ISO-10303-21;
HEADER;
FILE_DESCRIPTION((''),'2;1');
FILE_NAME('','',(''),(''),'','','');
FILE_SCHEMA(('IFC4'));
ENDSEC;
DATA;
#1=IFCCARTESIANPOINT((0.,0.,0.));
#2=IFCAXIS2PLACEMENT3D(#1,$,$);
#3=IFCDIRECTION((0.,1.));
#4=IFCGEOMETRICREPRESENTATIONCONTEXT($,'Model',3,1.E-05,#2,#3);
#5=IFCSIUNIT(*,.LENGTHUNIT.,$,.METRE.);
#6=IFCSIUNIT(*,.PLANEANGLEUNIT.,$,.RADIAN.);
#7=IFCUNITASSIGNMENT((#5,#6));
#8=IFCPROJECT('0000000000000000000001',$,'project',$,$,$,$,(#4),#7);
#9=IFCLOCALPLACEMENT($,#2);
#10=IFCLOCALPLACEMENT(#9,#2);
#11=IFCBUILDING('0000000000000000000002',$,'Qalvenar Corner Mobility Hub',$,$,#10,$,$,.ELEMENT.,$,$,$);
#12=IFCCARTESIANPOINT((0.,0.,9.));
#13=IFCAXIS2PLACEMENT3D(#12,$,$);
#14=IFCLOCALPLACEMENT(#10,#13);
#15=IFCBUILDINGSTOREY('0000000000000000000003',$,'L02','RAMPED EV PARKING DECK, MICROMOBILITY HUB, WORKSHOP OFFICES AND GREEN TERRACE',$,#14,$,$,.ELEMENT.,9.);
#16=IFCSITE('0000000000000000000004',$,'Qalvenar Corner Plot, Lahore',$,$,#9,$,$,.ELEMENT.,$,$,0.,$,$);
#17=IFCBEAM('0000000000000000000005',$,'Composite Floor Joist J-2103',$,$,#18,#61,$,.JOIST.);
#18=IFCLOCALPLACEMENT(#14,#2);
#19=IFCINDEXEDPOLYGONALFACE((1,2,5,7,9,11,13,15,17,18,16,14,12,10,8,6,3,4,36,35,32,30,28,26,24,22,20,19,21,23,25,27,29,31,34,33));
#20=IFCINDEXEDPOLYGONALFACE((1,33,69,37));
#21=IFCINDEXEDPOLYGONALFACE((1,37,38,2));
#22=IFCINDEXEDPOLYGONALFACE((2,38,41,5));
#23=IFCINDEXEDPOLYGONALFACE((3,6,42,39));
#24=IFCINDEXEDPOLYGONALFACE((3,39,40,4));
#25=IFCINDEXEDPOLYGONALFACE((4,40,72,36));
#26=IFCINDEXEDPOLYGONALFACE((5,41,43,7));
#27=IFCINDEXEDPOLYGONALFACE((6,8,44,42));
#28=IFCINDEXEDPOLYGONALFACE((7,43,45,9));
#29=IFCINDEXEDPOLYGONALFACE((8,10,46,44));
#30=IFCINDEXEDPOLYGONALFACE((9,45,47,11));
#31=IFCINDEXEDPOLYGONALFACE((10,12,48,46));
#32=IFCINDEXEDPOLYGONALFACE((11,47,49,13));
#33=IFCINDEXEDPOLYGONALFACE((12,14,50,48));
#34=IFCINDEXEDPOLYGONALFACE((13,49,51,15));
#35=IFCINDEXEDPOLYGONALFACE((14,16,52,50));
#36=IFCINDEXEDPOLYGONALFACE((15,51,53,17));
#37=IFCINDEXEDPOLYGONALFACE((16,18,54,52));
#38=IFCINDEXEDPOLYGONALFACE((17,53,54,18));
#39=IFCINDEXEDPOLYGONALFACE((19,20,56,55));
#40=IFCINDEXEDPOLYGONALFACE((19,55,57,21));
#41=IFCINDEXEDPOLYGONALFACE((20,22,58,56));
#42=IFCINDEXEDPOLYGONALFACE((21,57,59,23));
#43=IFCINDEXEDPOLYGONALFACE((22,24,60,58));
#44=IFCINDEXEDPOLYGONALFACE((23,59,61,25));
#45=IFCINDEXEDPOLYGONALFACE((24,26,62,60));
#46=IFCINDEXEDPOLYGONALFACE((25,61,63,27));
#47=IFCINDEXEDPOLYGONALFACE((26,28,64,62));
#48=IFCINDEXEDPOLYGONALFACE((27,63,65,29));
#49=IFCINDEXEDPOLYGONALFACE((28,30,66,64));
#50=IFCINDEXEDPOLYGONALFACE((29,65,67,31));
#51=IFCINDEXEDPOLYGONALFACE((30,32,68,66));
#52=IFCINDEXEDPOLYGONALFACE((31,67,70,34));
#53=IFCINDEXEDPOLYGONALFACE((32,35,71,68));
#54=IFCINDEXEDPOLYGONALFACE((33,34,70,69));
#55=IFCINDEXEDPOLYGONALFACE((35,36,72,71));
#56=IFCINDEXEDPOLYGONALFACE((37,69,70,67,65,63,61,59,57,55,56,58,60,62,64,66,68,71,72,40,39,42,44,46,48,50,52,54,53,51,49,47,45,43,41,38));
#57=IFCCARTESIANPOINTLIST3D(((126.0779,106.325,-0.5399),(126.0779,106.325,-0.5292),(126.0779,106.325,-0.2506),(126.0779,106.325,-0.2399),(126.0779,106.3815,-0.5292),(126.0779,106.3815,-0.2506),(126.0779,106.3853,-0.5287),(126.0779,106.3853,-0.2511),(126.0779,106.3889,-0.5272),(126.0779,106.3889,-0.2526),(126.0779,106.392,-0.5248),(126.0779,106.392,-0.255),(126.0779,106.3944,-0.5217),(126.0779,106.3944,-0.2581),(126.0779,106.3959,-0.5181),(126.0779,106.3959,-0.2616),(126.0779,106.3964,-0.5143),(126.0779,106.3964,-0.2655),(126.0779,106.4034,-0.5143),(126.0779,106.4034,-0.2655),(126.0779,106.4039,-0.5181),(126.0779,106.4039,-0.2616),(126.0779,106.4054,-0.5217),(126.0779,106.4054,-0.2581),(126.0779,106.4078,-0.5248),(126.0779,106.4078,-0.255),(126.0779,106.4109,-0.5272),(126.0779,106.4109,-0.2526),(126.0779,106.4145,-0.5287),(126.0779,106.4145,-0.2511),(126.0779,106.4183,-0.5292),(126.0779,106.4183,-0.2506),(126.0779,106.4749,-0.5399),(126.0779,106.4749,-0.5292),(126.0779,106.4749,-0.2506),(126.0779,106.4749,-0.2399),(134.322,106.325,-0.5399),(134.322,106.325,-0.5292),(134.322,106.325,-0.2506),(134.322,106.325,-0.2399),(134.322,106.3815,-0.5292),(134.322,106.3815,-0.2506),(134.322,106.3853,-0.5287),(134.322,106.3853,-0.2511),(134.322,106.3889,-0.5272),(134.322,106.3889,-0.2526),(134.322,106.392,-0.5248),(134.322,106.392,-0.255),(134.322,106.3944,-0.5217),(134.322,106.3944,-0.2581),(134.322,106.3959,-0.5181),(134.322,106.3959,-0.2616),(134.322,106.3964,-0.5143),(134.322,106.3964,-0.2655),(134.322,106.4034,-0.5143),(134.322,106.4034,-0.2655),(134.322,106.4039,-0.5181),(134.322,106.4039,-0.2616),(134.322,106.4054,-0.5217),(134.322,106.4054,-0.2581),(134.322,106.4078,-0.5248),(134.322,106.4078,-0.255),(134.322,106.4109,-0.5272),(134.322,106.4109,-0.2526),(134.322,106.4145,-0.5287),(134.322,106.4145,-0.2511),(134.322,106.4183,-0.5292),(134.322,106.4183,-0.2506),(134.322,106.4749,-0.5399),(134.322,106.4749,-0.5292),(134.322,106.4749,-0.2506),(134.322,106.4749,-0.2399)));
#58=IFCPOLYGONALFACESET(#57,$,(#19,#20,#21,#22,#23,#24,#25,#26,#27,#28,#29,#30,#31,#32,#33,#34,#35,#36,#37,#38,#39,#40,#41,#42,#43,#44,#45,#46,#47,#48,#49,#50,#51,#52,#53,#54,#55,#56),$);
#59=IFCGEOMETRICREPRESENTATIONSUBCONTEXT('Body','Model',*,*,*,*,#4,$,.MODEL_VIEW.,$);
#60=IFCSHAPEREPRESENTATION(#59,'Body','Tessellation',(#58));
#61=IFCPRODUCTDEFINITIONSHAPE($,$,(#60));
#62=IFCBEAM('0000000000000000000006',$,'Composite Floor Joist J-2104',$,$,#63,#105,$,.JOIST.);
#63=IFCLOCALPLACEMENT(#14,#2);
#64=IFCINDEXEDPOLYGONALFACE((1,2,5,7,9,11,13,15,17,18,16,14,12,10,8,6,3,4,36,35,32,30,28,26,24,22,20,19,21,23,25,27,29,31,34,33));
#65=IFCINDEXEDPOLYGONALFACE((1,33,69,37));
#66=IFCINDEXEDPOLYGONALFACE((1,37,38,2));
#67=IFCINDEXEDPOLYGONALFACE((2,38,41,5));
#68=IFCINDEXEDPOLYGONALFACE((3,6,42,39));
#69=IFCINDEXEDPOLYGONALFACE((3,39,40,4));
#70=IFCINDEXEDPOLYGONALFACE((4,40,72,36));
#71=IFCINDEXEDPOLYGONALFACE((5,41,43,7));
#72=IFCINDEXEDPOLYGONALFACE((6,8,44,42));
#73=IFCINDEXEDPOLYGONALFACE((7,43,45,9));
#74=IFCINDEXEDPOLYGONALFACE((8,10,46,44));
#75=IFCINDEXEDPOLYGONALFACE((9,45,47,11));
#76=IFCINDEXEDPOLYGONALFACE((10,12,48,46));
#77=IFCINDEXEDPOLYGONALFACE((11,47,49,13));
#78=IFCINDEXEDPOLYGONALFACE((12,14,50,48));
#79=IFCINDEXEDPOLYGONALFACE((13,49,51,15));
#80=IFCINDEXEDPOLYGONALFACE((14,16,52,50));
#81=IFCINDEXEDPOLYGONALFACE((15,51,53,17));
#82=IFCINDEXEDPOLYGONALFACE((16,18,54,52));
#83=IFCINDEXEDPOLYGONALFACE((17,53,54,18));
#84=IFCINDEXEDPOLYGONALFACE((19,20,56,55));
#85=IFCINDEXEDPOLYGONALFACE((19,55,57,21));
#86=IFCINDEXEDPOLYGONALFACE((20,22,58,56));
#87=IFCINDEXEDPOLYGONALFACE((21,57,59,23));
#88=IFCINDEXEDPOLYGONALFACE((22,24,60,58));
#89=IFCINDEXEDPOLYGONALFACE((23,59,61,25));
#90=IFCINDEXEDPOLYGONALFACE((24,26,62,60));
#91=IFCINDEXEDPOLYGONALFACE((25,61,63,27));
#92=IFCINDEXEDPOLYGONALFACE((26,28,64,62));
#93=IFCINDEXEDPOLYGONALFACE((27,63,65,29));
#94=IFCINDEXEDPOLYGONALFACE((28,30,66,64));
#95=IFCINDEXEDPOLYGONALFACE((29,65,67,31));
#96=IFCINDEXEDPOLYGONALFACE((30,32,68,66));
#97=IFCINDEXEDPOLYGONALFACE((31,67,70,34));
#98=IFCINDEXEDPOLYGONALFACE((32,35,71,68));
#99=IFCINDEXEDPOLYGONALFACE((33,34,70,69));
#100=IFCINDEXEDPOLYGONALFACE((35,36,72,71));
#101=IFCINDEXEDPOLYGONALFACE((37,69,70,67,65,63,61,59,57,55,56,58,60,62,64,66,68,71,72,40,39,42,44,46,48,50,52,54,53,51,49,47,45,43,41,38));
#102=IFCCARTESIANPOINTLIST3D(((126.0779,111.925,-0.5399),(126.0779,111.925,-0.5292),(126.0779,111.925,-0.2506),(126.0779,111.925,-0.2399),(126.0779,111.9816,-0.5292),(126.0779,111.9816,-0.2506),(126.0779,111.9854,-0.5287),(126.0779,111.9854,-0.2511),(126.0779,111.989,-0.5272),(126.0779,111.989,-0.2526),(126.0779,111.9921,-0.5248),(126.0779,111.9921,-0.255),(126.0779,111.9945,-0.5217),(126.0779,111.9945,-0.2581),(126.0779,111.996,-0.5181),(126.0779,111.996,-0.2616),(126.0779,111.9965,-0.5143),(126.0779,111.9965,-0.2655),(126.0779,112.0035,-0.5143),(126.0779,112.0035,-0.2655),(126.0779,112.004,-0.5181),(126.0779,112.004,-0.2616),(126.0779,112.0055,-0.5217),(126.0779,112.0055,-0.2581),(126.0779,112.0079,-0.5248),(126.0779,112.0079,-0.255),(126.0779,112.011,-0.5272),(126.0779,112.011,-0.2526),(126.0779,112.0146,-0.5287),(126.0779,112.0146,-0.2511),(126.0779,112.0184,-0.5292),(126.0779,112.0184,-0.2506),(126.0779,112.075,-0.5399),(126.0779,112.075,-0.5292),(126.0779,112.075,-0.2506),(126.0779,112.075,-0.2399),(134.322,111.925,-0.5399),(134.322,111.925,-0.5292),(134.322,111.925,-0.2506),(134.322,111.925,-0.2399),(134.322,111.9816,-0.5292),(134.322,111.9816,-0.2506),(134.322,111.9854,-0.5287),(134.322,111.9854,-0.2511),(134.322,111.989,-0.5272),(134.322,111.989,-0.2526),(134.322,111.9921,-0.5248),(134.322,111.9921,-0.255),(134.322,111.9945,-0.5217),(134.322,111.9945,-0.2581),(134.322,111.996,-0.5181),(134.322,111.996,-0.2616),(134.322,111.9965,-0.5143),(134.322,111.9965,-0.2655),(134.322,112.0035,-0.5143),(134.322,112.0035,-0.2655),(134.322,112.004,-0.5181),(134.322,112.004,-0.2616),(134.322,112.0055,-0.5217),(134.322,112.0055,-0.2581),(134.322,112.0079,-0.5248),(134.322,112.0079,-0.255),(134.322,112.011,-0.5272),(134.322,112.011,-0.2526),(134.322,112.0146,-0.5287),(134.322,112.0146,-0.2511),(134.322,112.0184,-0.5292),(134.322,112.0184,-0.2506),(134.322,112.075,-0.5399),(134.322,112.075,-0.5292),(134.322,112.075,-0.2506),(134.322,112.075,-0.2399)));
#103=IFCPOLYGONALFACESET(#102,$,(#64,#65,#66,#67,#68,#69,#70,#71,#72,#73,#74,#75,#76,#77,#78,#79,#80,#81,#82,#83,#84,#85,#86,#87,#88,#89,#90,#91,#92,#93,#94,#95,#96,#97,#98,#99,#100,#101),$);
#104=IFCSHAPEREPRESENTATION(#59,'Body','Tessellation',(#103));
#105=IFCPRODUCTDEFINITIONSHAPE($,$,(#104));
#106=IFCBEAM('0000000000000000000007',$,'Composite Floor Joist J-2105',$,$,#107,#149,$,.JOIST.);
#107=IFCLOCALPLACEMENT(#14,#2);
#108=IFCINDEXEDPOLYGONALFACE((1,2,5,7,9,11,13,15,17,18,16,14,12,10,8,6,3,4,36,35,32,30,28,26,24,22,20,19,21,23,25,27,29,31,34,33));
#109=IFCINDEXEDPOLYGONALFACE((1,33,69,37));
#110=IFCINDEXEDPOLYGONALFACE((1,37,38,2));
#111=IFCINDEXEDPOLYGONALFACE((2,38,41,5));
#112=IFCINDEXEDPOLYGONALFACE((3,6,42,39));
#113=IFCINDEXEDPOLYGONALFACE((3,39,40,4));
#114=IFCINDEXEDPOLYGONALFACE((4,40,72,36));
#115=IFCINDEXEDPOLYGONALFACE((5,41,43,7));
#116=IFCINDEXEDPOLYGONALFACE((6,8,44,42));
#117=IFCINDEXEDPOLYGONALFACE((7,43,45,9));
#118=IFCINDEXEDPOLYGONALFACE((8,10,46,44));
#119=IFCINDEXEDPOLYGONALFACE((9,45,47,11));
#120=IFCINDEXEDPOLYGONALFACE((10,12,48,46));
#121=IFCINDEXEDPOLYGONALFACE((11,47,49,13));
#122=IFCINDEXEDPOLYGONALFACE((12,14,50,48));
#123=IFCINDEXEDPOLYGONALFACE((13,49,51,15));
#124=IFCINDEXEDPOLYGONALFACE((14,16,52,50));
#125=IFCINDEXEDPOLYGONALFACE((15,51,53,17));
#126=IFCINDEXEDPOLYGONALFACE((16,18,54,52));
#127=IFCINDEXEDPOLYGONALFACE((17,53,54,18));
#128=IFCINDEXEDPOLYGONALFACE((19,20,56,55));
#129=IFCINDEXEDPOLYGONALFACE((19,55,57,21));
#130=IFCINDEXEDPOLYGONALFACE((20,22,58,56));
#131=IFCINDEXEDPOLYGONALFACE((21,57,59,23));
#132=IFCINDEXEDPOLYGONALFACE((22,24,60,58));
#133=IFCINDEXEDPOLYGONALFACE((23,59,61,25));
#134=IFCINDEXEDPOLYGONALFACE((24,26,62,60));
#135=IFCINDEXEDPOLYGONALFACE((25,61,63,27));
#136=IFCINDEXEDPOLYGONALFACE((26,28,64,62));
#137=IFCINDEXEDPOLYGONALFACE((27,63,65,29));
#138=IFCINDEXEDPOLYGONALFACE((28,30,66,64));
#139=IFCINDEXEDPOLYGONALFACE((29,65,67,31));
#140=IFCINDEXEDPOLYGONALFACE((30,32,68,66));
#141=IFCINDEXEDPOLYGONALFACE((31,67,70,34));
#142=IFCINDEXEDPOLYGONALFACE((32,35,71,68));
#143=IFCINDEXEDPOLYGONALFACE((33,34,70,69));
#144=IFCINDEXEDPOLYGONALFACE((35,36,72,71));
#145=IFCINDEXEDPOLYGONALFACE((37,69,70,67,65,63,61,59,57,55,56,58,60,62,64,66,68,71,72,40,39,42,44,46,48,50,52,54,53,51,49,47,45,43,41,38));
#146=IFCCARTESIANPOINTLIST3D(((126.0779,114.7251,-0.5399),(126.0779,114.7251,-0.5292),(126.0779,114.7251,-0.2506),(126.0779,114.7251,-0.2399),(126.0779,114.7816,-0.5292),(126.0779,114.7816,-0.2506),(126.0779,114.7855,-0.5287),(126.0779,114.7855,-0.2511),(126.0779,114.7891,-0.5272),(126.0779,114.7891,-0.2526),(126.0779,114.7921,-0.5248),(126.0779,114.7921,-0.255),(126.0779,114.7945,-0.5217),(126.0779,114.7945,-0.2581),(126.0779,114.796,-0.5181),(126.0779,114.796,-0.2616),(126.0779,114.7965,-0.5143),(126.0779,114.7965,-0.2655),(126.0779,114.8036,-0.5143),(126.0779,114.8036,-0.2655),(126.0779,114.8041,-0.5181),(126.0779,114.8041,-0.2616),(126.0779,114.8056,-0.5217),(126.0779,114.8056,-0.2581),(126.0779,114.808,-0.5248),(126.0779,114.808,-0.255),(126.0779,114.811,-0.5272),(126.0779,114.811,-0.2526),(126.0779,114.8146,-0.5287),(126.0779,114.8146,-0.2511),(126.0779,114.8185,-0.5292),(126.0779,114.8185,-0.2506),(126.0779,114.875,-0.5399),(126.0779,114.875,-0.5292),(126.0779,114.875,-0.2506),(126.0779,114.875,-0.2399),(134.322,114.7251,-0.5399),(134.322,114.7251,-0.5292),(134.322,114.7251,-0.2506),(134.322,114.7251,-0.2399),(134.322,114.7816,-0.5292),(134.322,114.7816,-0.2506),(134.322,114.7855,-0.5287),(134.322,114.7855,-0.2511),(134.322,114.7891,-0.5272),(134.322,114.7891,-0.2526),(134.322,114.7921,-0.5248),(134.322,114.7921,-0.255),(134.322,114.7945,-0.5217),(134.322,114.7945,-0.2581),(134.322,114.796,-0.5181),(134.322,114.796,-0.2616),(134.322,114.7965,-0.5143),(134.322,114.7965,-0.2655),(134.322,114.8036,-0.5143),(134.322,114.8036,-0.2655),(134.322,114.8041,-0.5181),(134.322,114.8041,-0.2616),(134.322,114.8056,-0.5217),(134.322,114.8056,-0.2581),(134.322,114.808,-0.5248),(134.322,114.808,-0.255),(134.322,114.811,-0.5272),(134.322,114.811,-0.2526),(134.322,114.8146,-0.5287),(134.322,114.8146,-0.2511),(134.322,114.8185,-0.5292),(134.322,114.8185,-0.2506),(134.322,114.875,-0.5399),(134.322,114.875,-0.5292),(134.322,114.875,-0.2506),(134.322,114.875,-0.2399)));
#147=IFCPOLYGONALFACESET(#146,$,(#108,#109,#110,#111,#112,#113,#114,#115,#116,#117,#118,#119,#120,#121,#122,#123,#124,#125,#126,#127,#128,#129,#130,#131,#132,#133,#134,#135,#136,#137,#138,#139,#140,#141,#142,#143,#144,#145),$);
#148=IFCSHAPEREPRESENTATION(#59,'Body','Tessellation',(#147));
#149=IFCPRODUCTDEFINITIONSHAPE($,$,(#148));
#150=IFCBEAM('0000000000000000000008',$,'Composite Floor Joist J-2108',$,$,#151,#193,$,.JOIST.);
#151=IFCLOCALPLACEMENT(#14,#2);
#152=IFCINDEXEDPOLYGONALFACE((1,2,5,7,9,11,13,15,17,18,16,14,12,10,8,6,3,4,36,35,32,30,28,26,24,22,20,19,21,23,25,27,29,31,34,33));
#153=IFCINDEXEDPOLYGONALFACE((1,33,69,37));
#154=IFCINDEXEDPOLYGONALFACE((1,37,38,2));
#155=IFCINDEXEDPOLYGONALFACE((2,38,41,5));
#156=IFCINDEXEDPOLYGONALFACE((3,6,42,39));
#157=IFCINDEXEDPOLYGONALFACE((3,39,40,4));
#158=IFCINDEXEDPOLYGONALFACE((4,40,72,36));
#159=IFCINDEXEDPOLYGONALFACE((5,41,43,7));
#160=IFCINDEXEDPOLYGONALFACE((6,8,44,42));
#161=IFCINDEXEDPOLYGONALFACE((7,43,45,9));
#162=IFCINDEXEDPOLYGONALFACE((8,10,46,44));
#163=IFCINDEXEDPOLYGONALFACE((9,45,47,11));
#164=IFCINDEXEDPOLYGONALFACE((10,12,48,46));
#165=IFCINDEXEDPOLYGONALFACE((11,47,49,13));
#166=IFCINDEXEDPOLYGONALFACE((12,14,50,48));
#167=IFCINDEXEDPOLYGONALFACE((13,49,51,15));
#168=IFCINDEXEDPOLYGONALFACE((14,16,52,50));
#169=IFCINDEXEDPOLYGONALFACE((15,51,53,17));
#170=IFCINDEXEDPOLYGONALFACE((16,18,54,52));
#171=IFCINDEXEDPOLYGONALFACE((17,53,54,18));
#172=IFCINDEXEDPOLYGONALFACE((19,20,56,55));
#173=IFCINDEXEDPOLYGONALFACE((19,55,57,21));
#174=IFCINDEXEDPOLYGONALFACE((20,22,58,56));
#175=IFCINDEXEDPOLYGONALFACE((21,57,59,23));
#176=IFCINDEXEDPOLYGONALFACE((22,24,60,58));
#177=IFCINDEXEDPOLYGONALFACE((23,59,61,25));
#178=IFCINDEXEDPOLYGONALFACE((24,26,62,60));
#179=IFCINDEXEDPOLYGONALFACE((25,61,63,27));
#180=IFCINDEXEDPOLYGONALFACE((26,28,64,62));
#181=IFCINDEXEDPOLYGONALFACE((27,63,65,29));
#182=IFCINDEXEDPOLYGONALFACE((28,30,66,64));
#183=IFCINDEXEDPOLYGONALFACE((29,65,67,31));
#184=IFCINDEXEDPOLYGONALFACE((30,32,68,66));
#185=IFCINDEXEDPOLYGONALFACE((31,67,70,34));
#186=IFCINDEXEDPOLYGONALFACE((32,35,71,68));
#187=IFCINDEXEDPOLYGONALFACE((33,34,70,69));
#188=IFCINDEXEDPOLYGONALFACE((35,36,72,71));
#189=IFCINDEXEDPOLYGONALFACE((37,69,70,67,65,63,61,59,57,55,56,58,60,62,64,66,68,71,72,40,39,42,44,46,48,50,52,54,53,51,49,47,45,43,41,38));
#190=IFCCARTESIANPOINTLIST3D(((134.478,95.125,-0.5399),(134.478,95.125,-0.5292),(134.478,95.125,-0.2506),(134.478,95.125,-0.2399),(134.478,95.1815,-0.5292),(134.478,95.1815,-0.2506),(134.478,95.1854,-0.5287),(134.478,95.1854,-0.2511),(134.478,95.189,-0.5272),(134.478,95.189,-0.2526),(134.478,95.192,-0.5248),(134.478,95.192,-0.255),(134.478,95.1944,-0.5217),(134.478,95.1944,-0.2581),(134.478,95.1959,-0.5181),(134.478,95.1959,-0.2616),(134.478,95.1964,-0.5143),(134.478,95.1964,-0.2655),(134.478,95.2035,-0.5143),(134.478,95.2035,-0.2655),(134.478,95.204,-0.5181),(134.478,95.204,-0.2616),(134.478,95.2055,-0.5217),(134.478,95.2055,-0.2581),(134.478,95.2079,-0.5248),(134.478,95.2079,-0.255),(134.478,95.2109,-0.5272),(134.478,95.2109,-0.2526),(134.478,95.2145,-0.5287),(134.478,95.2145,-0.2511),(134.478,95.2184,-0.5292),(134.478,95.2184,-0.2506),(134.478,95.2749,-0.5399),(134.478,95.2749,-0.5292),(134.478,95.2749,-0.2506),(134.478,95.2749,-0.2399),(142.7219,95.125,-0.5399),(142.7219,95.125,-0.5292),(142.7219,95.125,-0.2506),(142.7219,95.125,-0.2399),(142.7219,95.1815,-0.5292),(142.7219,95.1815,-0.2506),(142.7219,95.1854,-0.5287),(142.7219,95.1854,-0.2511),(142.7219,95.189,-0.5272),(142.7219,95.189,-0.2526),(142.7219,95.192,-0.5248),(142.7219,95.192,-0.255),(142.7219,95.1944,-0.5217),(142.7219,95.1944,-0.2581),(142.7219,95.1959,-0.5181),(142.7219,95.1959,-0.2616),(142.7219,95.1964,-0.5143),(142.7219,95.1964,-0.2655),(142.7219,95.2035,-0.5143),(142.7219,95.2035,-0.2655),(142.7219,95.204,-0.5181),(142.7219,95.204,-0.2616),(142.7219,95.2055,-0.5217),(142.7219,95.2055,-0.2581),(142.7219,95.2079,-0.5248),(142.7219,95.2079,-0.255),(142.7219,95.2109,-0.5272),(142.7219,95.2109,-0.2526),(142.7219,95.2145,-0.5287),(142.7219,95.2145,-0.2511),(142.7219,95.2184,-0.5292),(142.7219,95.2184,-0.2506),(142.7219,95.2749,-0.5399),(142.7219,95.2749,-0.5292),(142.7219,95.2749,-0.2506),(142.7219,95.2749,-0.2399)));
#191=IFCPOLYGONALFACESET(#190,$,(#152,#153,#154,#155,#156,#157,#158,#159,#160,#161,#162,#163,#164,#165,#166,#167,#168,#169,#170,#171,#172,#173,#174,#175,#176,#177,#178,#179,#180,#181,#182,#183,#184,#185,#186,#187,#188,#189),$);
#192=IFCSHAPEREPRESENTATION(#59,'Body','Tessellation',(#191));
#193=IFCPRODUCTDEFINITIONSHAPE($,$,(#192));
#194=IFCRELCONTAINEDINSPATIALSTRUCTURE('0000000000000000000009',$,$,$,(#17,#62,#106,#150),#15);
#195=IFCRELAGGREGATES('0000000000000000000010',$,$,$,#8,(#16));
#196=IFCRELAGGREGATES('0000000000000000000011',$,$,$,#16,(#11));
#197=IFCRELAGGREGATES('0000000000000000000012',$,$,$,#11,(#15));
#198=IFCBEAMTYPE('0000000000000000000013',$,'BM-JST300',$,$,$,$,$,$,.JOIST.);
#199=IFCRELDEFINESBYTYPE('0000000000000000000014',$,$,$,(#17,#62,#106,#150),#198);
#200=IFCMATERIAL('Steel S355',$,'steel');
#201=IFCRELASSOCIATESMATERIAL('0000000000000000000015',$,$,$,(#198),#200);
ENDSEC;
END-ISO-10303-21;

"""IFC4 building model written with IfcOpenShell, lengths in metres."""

from ifc_helpers import new_model, si_unit, direction, frame, origin, origin_2d, place, context, subcontext, project, spatial, i_section, extrude, material, material_profile, profile_set, type_object, element, save


model = new_model("IFC4")

# Units and contexts
model_context = context("Model", 3, precision=1e-05, world=origin(), true_north=direction((0.0, 1.0)))
body_context = subcontext(model_context, "Body", "Model", "MODEL_VIEW")
ifc_project = project(units=[si_unit("LENGTHUNIT", "METRE"), si_unit("PLANEANGLEUNIT", "RADIAN")], contexts=[model_context])

# Site, building, storey
site_placement = place(None, origin())
site = spatial("IfcSite", under=ifc_project, at=site_placement, Name="Qalvenar Corner Plot, Lahore", CompositionType="ELEMENT", RefElevation=0.0)
building_placement = place(site_placement, origin())
building = spatial("IfcBuilding", under=site, at=building_placement, Name="Qalvenar Corner Mobility Hub", CompositionType="ELEMENT")
storey_placement = place(building_placement, frame((0.0, 0.0, 9.0)))
storey = spatial("IfcBuildingStorey", under=building, at=storey_placement, Name="L02", Description="RAMPED EV PARKING DECK, MICROMOBILITY HUB, WORKSHOP OFFICES AND GREEN TERRACE", CompositionType="ELEMENT", Elevation=9.0)

# Shared definitions
ifc_material_1 = material(Name="Steel S355", Category="steel")

# Beams
ifc_material_profile_1 = material_profile(ifc_material_1, i_section(OverallWidth=0.1499, OverallDepth=0.3, WebThickness=0.0071, FlangeThickness=0.0107, FilletRadius=0.0149, at=origin_2d()), Name="IPE300")
ifc_profile_set_1 = profile_set([ifc_material_profile_1], Name="Steel S355")
beam_type_1 = type_object("IfcBeamType", Name="BM-JST300", PredefinedType="JOIST", material=ifc_profile_set_1)
for number, where, z_axis, x_axis, name in (
    (1, (126.0779, 106.3999, -0.3899), (1.0, 0.0, 0.0), (0.0, 1.0, 0.0), "Composite Floor Joist J-2103"),
    (2, (126.0779, 112.0, -0.3899), (1.0, 0.0, 0.0), (0.0, 1.0, 0.0), "Composite Floor Joist J-2104"),
    (3, (126.0779, 114.8, -0.3899), (1.0, 0.0, 0.0), (0.0, 1.0, 0.0), "Composite Floor Joist J-2105"),
):
    element("IfcBeam", number, at=place(storey_placement, frame(where, z_axis=z_axis, x_axis=x_axis)), inside=storey, type_object=beam_type_1, Name=name, PredefinedType="JOIST", context=body_context, shape_type="SweptSolid", body=[
        extrude(i_section(OverallWidth=0.1499, OverallDepth=0.3, WebThickness=0.0071, FlangeThickness=0.0107, FilletRadius=0.0149, at=origin_2d()), origin(), (0.0, 0.0, 1.0), 8.2441),
    ])
for number, where, z_axis, x_axis, name in (
    (4, (134.478, 95.2, -0.3899), (1.0, 0.0, 0.0), (0.0, 1.0, 0.0), "Composite Floor Joist J-2108"),
):
    element("IfcBeam", number, at=place(storey_placement, frame(where, z_axis=z_axis, x_axis=x_axis)), inside=storey, type_object=beam_type_1, Name=name, PredefinedType="JOIST", context=body_context, shape_type="SweptSolid", body=[
        extrude(i_section(OverallWidth=0.1499, OverallDepth=0.3, WebThickness=0.0071, FlangeThickness=0.0107, FilletRadius=0.0149, at=origin_2d()), origin(), (0.0, 0.0, 1.0), 8.2439),
    ])

save(model, "model.ifc")
